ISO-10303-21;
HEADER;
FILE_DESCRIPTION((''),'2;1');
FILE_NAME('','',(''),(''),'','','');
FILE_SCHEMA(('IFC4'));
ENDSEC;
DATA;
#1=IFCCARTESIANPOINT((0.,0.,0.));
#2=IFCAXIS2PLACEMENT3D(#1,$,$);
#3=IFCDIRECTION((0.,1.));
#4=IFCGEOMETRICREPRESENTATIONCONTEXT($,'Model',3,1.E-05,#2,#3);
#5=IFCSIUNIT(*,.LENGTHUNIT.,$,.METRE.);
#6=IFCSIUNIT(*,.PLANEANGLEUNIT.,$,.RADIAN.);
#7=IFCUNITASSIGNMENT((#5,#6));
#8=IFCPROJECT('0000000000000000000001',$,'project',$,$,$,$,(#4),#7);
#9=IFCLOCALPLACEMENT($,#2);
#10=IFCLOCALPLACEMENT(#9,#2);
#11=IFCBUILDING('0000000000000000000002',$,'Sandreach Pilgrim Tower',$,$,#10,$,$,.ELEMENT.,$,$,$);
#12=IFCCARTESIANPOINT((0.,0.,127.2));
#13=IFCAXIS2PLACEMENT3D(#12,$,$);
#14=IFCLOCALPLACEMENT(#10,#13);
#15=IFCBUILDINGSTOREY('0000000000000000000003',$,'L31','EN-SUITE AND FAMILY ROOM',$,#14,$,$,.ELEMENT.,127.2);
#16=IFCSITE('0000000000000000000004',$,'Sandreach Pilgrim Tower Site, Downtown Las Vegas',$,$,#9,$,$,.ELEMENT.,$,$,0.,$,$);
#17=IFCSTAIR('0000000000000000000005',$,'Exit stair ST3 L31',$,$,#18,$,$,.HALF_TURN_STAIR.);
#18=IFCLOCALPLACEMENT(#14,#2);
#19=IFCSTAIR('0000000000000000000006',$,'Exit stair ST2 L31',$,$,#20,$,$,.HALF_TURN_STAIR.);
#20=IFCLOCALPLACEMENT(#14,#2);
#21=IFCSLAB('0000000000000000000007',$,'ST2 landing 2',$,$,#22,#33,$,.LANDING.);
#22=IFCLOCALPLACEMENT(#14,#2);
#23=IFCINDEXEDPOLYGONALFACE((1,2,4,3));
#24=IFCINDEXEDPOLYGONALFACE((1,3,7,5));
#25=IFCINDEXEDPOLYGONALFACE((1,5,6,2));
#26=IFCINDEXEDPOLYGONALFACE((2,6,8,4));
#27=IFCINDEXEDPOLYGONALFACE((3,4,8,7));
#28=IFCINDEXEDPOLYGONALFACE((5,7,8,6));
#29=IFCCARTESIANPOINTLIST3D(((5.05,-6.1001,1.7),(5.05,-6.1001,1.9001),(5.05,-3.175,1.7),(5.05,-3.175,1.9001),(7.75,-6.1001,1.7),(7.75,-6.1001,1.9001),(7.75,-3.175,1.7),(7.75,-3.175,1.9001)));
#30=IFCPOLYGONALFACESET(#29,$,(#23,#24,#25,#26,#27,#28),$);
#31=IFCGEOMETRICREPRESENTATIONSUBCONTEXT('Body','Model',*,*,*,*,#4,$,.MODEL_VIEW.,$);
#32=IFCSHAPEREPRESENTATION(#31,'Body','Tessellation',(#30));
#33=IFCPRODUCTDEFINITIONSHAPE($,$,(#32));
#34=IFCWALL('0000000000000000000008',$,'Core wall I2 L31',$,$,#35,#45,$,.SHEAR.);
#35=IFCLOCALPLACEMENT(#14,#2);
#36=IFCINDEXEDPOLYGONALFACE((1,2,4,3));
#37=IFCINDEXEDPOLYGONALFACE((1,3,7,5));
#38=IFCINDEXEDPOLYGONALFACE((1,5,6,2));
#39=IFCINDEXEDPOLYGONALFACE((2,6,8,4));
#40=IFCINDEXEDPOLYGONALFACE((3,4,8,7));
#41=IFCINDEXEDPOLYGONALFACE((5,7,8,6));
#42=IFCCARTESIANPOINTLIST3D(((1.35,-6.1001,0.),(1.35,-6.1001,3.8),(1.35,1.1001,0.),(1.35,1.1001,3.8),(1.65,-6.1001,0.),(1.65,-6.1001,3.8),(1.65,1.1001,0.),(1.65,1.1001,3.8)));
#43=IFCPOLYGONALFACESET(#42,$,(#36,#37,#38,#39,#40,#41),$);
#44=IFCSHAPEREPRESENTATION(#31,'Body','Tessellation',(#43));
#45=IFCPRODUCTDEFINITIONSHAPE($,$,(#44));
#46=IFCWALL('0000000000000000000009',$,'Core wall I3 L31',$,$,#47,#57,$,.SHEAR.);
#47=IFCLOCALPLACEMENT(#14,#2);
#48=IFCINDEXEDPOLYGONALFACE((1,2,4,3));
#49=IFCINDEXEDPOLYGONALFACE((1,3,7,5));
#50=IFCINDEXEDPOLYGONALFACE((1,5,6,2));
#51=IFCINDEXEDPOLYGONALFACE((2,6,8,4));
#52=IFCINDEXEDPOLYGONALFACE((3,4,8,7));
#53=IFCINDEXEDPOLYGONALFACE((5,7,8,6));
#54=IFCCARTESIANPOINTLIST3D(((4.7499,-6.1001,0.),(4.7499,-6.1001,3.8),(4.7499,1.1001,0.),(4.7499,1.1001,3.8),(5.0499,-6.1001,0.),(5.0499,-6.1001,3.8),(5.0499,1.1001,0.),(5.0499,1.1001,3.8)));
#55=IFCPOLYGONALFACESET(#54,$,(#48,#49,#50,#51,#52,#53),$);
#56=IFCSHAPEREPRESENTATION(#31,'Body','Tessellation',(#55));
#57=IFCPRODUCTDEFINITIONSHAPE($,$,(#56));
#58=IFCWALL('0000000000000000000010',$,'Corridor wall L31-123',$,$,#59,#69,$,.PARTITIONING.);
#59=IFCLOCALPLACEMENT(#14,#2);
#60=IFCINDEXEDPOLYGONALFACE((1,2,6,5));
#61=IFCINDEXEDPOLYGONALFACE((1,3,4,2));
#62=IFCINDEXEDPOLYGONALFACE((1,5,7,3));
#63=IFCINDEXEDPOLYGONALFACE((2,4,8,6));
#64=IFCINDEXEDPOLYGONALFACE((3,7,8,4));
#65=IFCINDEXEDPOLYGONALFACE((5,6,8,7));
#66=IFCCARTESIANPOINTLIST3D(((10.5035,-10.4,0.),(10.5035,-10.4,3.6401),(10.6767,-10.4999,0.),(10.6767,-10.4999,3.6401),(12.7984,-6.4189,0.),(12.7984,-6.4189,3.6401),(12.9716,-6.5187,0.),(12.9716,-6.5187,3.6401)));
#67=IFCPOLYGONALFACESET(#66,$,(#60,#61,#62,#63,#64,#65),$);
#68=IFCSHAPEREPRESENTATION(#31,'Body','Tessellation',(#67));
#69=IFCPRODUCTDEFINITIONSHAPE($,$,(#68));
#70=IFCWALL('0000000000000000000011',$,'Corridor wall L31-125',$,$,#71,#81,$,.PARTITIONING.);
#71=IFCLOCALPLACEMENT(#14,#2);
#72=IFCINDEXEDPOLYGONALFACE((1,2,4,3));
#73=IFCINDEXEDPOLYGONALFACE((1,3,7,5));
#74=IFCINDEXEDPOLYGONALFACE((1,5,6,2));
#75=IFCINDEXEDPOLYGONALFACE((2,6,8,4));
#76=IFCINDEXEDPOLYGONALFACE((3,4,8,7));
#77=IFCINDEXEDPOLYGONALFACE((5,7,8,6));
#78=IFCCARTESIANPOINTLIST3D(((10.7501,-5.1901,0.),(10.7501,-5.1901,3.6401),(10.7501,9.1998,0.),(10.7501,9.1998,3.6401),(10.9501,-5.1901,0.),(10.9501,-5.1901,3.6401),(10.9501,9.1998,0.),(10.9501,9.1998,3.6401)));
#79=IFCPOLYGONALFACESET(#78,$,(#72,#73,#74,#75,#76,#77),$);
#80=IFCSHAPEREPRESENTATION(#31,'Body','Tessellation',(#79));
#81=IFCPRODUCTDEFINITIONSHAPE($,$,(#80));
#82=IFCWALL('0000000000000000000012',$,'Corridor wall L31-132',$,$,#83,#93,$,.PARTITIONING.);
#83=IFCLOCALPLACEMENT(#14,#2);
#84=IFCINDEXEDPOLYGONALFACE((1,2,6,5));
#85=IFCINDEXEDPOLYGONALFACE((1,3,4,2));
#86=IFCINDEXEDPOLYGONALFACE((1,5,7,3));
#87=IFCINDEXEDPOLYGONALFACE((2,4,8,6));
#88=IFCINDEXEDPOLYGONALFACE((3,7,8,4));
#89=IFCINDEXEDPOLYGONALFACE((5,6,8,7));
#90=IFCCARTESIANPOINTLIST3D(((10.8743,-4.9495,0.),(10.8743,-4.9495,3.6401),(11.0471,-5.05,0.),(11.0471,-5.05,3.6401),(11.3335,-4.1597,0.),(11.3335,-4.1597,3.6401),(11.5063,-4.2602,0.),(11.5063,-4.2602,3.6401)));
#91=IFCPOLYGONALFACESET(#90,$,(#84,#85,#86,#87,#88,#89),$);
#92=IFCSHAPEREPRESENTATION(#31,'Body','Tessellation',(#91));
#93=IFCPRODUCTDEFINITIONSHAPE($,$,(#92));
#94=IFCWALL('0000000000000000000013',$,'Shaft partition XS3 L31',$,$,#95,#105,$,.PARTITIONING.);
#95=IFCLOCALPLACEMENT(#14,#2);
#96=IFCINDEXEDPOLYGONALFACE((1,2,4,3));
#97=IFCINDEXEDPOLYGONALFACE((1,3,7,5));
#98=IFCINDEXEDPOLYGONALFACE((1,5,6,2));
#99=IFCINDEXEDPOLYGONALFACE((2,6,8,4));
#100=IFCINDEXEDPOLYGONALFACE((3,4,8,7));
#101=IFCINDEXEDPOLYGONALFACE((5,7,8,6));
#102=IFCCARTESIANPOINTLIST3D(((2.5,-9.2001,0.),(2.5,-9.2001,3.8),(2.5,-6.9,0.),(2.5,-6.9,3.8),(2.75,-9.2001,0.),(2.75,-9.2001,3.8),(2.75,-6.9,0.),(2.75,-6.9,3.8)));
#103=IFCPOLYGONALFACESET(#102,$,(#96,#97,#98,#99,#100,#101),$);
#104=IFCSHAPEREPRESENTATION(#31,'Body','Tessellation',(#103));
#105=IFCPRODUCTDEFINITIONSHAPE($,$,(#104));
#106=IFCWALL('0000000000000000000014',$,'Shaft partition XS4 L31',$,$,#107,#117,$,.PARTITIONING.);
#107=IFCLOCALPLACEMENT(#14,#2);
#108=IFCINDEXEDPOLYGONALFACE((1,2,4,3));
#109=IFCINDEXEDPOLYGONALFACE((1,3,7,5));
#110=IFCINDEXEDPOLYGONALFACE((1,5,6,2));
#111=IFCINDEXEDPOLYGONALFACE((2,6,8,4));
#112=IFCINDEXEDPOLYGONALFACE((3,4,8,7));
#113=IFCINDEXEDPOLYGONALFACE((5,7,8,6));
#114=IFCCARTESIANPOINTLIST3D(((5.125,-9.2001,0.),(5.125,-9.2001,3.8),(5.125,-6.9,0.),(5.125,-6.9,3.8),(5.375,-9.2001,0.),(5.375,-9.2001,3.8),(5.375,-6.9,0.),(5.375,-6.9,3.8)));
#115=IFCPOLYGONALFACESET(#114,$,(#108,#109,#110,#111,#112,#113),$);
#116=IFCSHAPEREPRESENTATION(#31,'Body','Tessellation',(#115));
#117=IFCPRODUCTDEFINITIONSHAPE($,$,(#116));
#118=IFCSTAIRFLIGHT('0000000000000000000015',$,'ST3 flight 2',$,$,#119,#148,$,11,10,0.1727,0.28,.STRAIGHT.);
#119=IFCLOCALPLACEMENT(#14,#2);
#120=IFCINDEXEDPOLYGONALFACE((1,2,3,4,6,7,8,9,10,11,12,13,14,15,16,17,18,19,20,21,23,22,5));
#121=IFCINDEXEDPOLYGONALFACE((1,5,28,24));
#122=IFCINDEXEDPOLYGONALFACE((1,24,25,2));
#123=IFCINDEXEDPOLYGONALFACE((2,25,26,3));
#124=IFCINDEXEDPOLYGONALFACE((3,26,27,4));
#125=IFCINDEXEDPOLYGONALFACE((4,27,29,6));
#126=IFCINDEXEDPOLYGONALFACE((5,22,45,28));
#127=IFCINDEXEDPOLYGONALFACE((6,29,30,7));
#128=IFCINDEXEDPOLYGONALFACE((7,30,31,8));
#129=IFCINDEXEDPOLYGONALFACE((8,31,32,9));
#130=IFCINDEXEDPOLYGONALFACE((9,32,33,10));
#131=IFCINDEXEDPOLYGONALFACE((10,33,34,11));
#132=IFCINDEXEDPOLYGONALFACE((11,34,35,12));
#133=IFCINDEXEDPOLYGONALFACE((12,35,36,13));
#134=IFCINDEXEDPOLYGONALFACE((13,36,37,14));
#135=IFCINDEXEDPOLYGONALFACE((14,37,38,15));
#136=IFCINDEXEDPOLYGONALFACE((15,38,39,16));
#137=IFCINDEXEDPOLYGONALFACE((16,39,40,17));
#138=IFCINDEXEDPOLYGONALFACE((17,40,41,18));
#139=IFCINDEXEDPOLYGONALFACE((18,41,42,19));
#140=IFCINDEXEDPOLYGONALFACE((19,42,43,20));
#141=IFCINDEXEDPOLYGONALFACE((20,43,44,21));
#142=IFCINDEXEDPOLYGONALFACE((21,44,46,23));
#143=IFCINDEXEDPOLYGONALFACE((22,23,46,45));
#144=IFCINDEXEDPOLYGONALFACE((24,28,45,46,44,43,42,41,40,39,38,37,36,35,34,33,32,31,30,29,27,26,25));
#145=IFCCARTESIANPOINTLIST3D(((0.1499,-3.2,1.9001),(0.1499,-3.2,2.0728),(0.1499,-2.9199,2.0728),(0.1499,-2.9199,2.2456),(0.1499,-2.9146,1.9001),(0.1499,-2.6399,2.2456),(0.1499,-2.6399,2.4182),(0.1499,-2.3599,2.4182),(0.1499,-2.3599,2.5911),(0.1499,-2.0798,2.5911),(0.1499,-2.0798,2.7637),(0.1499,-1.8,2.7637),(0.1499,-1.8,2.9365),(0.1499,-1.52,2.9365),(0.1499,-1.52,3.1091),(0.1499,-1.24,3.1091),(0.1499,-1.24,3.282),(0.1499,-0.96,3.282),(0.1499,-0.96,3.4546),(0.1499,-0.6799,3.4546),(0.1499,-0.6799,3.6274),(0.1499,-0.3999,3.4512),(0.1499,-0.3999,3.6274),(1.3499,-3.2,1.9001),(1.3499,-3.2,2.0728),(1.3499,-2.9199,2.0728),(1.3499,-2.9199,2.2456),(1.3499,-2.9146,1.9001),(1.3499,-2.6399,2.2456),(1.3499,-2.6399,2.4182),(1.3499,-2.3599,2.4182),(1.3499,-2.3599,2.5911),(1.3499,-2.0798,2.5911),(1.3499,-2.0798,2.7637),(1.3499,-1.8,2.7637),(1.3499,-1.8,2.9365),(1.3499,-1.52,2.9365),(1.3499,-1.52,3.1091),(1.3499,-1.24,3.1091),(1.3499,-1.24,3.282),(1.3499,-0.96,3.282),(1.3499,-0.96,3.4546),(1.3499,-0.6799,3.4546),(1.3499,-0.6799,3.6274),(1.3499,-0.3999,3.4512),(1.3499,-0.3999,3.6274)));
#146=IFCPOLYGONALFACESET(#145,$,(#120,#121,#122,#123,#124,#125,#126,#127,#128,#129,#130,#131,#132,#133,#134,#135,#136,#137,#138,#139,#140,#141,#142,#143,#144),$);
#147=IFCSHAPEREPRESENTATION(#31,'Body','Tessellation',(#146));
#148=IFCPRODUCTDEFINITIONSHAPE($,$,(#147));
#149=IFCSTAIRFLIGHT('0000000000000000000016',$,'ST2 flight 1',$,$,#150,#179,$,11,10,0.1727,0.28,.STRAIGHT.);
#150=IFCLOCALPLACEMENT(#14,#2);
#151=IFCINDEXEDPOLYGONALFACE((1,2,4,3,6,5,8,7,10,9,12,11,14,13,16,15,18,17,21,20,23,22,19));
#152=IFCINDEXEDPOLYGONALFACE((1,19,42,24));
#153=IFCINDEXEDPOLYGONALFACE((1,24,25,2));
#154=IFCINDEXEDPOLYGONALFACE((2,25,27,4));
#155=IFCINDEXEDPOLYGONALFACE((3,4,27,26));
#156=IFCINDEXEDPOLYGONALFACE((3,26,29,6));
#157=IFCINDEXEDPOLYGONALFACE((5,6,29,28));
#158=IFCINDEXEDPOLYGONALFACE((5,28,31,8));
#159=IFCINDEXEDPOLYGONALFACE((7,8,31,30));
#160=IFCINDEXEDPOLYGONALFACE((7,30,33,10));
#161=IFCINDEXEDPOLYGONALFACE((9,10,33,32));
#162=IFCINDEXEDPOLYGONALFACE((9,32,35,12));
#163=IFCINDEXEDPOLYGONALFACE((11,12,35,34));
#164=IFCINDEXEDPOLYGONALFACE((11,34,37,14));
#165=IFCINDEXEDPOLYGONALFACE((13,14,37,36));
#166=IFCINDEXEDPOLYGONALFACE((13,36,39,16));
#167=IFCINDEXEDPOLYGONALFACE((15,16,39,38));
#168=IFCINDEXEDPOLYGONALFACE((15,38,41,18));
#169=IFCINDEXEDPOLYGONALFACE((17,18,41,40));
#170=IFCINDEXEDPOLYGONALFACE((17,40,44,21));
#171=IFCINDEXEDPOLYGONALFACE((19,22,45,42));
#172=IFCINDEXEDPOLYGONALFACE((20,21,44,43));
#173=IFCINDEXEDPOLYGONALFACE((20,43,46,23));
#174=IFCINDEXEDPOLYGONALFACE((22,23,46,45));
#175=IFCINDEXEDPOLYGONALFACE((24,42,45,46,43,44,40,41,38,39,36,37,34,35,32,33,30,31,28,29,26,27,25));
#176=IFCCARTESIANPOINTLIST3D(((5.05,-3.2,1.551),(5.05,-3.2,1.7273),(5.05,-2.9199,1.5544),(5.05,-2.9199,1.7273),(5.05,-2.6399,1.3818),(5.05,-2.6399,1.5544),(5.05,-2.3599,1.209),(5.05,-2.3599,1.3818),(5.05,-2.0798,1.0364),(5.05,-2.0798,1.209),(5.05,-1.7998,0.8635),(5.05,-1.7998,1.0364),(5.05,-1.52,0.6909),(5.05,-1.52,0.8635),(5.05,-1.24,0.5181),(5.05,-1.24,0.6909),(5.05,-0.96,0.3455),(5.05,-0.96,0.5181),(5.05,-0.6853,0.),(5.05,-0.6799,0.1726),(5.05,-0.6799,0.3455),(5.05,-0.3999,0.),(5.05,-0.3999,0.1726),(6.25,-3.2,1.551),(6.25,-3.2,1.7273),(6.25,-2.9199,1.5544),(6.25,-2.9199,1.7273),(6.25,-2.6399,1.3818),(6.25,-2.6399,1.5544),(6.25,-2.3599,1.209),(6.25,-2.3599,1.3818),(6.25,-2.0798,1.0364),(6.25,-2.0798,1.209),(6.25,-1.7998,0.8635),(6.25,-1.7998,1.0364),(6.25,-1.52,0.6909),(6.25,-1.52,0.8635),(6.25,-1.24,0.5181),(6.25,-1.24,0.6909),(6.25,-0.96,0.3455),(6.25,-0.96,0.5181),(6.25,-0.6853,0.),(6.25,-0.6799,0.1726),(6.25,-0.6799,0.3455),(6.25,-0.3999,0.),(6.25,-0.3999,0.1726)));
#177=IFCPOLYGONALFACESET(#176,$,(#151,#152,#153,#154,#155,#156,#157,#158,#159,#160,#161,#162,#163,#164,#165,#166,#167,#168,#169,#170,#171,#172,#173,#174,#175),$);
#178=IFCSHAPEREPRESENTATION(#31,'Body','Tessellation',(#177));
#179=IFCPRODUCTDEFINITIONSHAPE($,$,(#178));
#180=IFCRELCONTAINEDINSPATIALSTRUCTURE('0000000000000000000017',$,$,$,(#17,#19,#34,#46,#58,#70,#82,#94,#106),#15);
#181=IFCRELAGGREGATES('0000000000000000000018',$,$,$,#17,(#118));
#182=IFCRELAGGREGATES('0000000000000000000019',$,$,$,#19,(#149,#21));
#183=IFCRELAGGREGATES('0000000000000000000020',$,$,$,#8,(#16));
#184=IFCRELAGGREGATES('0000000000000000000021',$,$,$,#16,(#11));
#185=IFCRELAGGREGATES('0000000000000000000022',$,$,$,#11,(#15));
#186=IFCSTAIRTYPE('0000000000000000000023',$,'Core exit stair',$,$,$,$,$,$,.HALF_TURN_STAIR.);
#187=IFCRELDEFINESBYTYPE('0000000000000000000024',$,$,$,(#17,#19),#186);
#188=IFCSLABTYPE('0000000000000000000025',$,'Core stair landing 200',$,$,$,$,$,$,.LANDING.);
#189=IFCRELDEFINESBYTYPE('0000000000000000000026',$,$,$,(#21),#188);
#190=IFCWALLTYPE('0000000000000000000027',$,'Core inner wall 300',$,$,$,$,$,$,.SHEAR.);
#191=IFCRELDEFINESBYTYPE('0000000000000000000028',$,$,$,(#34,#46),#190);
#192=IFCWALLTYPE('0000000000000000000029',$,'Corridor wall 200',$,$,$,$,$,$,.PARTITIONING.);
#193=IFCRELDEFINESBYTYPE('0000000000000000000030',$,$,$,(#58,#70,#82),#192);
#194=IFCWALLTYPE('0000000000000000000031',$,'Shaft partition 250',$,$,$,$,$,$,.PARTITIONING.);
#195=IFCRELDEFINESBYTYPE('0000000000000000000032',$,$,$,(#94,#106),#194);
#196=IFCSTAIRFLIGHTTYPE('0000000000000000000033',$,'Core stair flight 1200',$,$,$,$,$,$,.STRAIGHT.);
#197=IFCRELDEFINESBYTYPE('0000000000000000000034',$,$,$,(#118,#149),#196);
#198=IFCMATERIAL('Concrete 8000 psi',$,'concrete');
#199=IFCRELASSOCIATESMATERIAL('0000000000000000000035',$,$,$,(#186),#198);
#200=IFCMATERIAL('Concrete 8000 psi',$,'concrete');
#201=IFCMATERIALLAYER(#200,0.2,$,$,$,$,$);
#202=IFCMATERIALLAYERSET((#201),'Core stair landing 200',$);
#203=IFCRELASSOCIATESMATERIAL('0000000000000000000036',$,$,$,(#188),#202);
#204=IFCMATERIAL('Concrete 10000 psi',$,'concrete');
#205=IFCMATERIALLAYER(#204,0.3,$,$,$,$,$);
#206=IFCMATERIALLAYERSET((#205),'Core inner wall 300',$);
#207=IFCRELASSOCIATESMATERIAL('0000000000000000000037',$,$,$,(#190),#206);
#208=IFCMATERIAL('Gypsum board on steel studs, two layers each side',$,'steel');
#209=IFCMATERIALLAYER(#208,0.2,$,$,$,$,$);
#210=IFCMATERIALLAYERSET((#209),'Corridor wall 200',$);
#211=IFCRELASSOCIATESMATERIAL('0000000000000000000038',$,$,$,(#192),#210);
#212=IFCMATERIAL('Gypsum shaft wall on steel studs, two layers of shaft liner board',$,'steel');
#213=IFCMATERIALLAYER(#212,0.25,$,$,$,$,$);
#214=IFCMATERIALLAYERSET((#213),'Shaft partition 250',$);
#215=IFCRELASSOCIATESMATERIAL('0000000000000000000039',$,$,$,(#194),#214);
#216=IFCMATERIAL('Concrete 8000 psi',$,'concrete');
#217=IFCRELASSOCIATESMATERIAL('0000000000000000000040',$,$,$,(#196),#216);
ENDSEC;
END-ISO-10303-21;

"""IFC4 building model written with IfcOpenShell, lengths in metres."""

from ifc_helpers import new_model, si_unit, direction, frame, frame_2d, origin, place, context, subcontext, project, spatial, polyline, rectangle, outline, extrude, material, layer, layer_set, type_object, element, aggregate, save


model = new_model("IFC4")

# Units and contexts
model_context = context("Model", 3, precision=1e-05, world=origin(), true_north=direction((0.0, 1.0)))
body_context = subcontext(model_context, "Body", "Model", "MODEL_VIEW")
ifc_project = project(units=[si_unit("LENGTHUNIT", "METRE"), si_unit("PLANEANGLEUNIT", "RADIAN")], contexts=[model_context])

# Site, building, storey
site_placement = place(None, origin())
site = spatial("IfcSite", under=ifc_project, at=site_placement, Name="Sandreach Pilgrim Tower Site, Downtown Las Vegas", CompositionType="ELEMENT", RefElevation=0.0)
building_placement = place(site_placement, origin())
building = spatial("IfcBuilding", under=site, at=building_placement, Name="Sandreach Pilgrim Tower", CompositionType="ELEMENT")
storey_placement = place(building_placement, frame((0.0, 0.0, 127.2)))
storey = spatial("IfcBuildingStorey", under=building, at=storey_placement, Name="L31", Description="EN-SUITE AND FAMILY ROOM", CompositionType="ELEMENT", Elevation=127.2)

# Stairs, slab
ifc_material_1 = material(Name="Concrete 8000 psi", Category="concrete")
stair_type = type_object("IfcStairType", Name="Core exit stair", PredefinedType="HALF_TURN_STAIR", material=ifc_material_1)
ifc_material_2 = material(Name="Concrete 8000 psi", Category="concrete")
ifc_layer_1 = layer(ifc_material_2, 0.2)
ifc_layer_set_1 = layer_set([ifc_layer_1], Name="Core stair landing 200")
slab_type_1 = type_object("IfcSlabType", Name="Core stair landing 200", PredefinedType="LANDING", material=ifc_layer_set_1)
stair_1_placement = place(storey_placement, origin())
stair_1 = element("IfcStair", 1, at=stair_1_placement, inside=storey, type_object=stair_type, Name="Exit stair ST3 L31", PredefinedType="HALF_TURN_STAIR")
stair_2_placement = place(storey_placement, origin())
stair_2 = element("IfcStair", 2, at=stair_2_placement, inside=storey, type_object=stair_type, Name="Exit stair ST2 L31", PredefinedType="HALF_TURN_STAIR")
slab_1_placement = place(storey_placement, frame((0.0, 0.0, 1.7)))
slab_1 = element("IfcSlab", 3, at=slab_1_placement, type_object=slab_type_1, Name="ST2 landing 2", PredefinedType="LANDING", context=body_context, shape_type="SweptSolid", body=[
    extrude(outline(polyline([(5.05, -6.1001), (7.75, -6.1001), (7.75, -3.175), (5.05, -3.175), (5.05, -6.1001)])), origin(), (0.0, 0.0, 1.0), 0.2002),
])

# Walls
ifc_material_3 = material(Name="Concrete 10000 psi", Category="concrete")
ifc_layer_2 = layer(ifc_material_3, 0.3)
ifc_layer_set_2 = layer_set([ifc_layer_2], Name="Core inner wall 300")
wall_type_1 = type_object("IfcWallType", Name="Core inner wall 300", PredefinedType="SHEAR", material=ifc_layer_set_2)
for number, where, z_axis, x_axis, name in (
    (4, (1.5, -6.1001, 0.0), (0.0, 0.0, 1.0), (0.0, 1.0, 0.0), "Core wall I2 L31"),
    (5, (4.8999, -6.1001, 0.0), (0.0, 0.0, 1.0), (0.0, 1.0, 0.0), "Core wall I3 L31"),
):
    element("IfcWall", number, at=place(storey_placement, frame(where, z_axis=z_axis, x_axis=x_axis)), inside=storey, type_object=wall_type_1, Name=name, PredefinedType="SHEAR", context=body_context, shape_type="SweptSolid", body=[
        extrude(rectangle(XDim=7.2002, YDim=0.3, at=frame_2d((3.6001, 0.0))), origin(), (0.0, 0.0, 1.0), 3.8),
    ])

# Walls
ifc_material_4 = material(Name="Gypsum board on steel studs, two layers each side", Category="steel")
ifc_layer_3 = layer(ifc_material_4, 0.2)
ifc_layer_set_3 = layer_set([ifc_layer_3], Name="Corridor wall 200")
wall_type_2 = type_object("IfcWallType", Name="Corridor wall 200", PredefinedType="PARTITIONING", material=ifc_layer_set_3)
wall_1_placement = place(storey_placement, frame((10.5901, -10.45, 0.0), z_axis=(0.0, 0.0, 1.0), x_axis=(0.499408, 0.866367, 0.0)))
element("IfcWall", 6, at=wall_1_placement, inside=storey, type_object=wall_type_2, Name="Corridor wall L31-123", PredefinedType="PARTITIONING", context=body_context, shape_type="SweptSolid", body=[
    extrude(rectangle(XDim=4.5952, YDim=0.2, at=frame_2d((2.2976, 0.0))), origin(), (0.0, 0.0, 1.0), 3.6401),
])
wall_2_placement = place(storey_placement, frame((10.8501, -5.1899, 0.0), z_axis=(0.0, 0.0, 1.0), x_axis=(0.0, 1.0, 0.0)))
element("IfcWall", 7, at=wall_2_placement, inside=storey, type_object=wall_type_2, Name="Corridor wall L31-125", PredefinedType="PARTITIONING", context=body_context, shape_type="SweptSolid", body=[
    extrude(rectangle(XDim=14.3899, YDim=0.2, at=frame_2d((7.1948, 0.0))), origin(), (0.0, 0.0, 1.0), 3.6401),
])
wall_3_placement = place(storey_placement, frame((11.4199, -4.21, 0.0), z_axis=(0.0, 0.0, 1.0), x_axis=(-0.502658, -0.864486, 0.0)))
element("IfcWall", 8, at=wall_3_placement, inside=storey, type_object=wall_type_2, Name="Corridor wall L31-132", PredefinedType="PARTITIONING", context=body_context, shape_type="SweptSolid", body=[
    extrude(rectangle(XDim=0.9136, YDim=0.2, at=frame_2d((0.4568, 0.0))), origin(), (0.0, 0.0, 1.0), 3.6401),
])
ifc_material_5 = material(Name="Gypsum shaft wall on steel studs, two layers of shaft liner board", Category="steel")
ifc_layer_4 = layer(ifc_material_5, 0.25)
ifc_layer_set_4 = layer_set([ifc_layer_4], Name="Shaft partition 250")
wall_type_3 = type_object("IfcWallType", Name="Shaft partition 250", PredefinedType="PARTITIONING", material=ifc_layer_set_4)
for number, where, z_axis, x_axis, name in (
    (9, (2.625, -9.2, 0.0), (0.0, 0.0, 1.0), (0.0, 1.0, 0.0), "Shaft partition XS3 L31"),
    (10, (5.25, -9.2, 0.0), (0.0, 0.0, 1.0), (0.0, 1.0, 0.0), "Shaft partition XS4 L31"),
):
    element("IfcWall", number, at=place(storey_placement, frame(where, z_axis=z_axis, x_axis=x_axis)), inside=storey, type_object=wall_type_3, Name=name, PredefinedType="PARTITIONING", context=body_context, shape_type="SweptSolid", body=[
        extrude(rectangle(XDim=2.3, YDim=0.25, at=frame_2d((1.1499, 0.0))), origin(), (0.0, 0.0, 1.0), 3.8),
    ])

# Stair flights
ifc_material_6 = material(Name="Concrete 8000 psi", Category="concrete")
stair_flight_type = type_object("IfcStairFlightType", Name="Core stair flight 1200", PredefinedType="STRAIGHT", material=ifc_material_6)
stair_flight_1_placement = place(storey_placement, frame((0.75, -3.2, 1.9001), z_axis=(0.0, 0.0, 1.0), x_axis=(0.0, 1.0, 0.0)))
stair_flight_1 = element("IfcStairFlight", 11, at=stair_flight_1_placement, type_object=stair_flight_type, Name="ST3 flight 2", NumberOfRisers=11, NumberOfTreads=10, PredefinedType="STRAIGHT", RiserHeight=0.1727, TreadLength=0.28, context=body_context, shape_type="SweptSolid", body=[
    extrude(outline(polyline([(0.0, 0.0), (0.0, 0.1726), (0.28, 0.1726), (0.28, 0.3455), (0.5601, 0.3455), (0.5601, 0.5181), (0.8401, 0.5181), (0.8401, 0.6909), (1.1201, 0.6909), (1.1201, 0.8635), (1.3999, 0.8635), (1.3999, 1.0364), (1.6799, 1.0364), (1.6799, 1.209), (1.96, 1.209), (1.96, 1.3818), (2.24, 1.3818), (2.24, 1.5544), (2.52, 1.5544), (2.52, 1.7273), (2.8, 1.7273), (2.8, 1.8999), (2.8, 1.551), (0.2854, 0.0), (0.0, 0.0)])), frame((0.0, 0.6001, 0.0), z_axis=(0.0, -1.0, 0.0), x_axis=(1.0, 0.0, 0.0)), (0.0, 0.0, 1.0), 1.2),
])
aggregate(stair_1, [stair_flight_1])
stair_flight_2_placement = place(storey_placement, frame((5.6499, -0.3999, 0.0), z_axis=(0.0, 0.0, 1.0), x_axis=(0.0, -1.0, 0.0)))
stair_flight_2 = element("IfcStairFlight", 12, at=stair_flight_2_placement, type_object=stair_flight_type, Name="ST2 flight 1", NumberOfRisers=11, NumberOfTreads=10, PredefinedType="STRAIGHT", RiserHeight=0.1727, TreadLength=0.28, context=body_context, shape_type="SweptSolid", body=[
    extrude(outline(polyline([(0.0, 0.0), (0.0, 0.1726), (0.28, 0.1726), (0.28, 0.3455), (0.5601, 0.3455), (0.5601, 0.5181), (0.8401, 0.5181), (0.8401, 0.6909), (1.1201, 0.6909), (1.1201, 0.8635), (1.3999, 0.8635), (1.3999, 1.0364), (1.6799, 1.0364), (1.6799, 1.209), (1.96, 1.209), (1.96, 1.3818), (2.24, 1.3818), (2.24, 1.5544), (2.52, 1.5544), (2.52, 1.7273), (2.8, 1.7273), (2.8, 1.8999), (2.8, 1.551), (0.2854, 0.0), (0.0, 0.0)])), frame((0.0, 0.6001, 0.0), z_axis=(0.0, -1.0, 0.0), x_axis=(1.0, 0.0, 0.0)), (0.0, 0.0, 1.0), 1.2),
])
aggregate(stair_2, [stair_flight_2, slab_1])

save(model, "model.ifc")
